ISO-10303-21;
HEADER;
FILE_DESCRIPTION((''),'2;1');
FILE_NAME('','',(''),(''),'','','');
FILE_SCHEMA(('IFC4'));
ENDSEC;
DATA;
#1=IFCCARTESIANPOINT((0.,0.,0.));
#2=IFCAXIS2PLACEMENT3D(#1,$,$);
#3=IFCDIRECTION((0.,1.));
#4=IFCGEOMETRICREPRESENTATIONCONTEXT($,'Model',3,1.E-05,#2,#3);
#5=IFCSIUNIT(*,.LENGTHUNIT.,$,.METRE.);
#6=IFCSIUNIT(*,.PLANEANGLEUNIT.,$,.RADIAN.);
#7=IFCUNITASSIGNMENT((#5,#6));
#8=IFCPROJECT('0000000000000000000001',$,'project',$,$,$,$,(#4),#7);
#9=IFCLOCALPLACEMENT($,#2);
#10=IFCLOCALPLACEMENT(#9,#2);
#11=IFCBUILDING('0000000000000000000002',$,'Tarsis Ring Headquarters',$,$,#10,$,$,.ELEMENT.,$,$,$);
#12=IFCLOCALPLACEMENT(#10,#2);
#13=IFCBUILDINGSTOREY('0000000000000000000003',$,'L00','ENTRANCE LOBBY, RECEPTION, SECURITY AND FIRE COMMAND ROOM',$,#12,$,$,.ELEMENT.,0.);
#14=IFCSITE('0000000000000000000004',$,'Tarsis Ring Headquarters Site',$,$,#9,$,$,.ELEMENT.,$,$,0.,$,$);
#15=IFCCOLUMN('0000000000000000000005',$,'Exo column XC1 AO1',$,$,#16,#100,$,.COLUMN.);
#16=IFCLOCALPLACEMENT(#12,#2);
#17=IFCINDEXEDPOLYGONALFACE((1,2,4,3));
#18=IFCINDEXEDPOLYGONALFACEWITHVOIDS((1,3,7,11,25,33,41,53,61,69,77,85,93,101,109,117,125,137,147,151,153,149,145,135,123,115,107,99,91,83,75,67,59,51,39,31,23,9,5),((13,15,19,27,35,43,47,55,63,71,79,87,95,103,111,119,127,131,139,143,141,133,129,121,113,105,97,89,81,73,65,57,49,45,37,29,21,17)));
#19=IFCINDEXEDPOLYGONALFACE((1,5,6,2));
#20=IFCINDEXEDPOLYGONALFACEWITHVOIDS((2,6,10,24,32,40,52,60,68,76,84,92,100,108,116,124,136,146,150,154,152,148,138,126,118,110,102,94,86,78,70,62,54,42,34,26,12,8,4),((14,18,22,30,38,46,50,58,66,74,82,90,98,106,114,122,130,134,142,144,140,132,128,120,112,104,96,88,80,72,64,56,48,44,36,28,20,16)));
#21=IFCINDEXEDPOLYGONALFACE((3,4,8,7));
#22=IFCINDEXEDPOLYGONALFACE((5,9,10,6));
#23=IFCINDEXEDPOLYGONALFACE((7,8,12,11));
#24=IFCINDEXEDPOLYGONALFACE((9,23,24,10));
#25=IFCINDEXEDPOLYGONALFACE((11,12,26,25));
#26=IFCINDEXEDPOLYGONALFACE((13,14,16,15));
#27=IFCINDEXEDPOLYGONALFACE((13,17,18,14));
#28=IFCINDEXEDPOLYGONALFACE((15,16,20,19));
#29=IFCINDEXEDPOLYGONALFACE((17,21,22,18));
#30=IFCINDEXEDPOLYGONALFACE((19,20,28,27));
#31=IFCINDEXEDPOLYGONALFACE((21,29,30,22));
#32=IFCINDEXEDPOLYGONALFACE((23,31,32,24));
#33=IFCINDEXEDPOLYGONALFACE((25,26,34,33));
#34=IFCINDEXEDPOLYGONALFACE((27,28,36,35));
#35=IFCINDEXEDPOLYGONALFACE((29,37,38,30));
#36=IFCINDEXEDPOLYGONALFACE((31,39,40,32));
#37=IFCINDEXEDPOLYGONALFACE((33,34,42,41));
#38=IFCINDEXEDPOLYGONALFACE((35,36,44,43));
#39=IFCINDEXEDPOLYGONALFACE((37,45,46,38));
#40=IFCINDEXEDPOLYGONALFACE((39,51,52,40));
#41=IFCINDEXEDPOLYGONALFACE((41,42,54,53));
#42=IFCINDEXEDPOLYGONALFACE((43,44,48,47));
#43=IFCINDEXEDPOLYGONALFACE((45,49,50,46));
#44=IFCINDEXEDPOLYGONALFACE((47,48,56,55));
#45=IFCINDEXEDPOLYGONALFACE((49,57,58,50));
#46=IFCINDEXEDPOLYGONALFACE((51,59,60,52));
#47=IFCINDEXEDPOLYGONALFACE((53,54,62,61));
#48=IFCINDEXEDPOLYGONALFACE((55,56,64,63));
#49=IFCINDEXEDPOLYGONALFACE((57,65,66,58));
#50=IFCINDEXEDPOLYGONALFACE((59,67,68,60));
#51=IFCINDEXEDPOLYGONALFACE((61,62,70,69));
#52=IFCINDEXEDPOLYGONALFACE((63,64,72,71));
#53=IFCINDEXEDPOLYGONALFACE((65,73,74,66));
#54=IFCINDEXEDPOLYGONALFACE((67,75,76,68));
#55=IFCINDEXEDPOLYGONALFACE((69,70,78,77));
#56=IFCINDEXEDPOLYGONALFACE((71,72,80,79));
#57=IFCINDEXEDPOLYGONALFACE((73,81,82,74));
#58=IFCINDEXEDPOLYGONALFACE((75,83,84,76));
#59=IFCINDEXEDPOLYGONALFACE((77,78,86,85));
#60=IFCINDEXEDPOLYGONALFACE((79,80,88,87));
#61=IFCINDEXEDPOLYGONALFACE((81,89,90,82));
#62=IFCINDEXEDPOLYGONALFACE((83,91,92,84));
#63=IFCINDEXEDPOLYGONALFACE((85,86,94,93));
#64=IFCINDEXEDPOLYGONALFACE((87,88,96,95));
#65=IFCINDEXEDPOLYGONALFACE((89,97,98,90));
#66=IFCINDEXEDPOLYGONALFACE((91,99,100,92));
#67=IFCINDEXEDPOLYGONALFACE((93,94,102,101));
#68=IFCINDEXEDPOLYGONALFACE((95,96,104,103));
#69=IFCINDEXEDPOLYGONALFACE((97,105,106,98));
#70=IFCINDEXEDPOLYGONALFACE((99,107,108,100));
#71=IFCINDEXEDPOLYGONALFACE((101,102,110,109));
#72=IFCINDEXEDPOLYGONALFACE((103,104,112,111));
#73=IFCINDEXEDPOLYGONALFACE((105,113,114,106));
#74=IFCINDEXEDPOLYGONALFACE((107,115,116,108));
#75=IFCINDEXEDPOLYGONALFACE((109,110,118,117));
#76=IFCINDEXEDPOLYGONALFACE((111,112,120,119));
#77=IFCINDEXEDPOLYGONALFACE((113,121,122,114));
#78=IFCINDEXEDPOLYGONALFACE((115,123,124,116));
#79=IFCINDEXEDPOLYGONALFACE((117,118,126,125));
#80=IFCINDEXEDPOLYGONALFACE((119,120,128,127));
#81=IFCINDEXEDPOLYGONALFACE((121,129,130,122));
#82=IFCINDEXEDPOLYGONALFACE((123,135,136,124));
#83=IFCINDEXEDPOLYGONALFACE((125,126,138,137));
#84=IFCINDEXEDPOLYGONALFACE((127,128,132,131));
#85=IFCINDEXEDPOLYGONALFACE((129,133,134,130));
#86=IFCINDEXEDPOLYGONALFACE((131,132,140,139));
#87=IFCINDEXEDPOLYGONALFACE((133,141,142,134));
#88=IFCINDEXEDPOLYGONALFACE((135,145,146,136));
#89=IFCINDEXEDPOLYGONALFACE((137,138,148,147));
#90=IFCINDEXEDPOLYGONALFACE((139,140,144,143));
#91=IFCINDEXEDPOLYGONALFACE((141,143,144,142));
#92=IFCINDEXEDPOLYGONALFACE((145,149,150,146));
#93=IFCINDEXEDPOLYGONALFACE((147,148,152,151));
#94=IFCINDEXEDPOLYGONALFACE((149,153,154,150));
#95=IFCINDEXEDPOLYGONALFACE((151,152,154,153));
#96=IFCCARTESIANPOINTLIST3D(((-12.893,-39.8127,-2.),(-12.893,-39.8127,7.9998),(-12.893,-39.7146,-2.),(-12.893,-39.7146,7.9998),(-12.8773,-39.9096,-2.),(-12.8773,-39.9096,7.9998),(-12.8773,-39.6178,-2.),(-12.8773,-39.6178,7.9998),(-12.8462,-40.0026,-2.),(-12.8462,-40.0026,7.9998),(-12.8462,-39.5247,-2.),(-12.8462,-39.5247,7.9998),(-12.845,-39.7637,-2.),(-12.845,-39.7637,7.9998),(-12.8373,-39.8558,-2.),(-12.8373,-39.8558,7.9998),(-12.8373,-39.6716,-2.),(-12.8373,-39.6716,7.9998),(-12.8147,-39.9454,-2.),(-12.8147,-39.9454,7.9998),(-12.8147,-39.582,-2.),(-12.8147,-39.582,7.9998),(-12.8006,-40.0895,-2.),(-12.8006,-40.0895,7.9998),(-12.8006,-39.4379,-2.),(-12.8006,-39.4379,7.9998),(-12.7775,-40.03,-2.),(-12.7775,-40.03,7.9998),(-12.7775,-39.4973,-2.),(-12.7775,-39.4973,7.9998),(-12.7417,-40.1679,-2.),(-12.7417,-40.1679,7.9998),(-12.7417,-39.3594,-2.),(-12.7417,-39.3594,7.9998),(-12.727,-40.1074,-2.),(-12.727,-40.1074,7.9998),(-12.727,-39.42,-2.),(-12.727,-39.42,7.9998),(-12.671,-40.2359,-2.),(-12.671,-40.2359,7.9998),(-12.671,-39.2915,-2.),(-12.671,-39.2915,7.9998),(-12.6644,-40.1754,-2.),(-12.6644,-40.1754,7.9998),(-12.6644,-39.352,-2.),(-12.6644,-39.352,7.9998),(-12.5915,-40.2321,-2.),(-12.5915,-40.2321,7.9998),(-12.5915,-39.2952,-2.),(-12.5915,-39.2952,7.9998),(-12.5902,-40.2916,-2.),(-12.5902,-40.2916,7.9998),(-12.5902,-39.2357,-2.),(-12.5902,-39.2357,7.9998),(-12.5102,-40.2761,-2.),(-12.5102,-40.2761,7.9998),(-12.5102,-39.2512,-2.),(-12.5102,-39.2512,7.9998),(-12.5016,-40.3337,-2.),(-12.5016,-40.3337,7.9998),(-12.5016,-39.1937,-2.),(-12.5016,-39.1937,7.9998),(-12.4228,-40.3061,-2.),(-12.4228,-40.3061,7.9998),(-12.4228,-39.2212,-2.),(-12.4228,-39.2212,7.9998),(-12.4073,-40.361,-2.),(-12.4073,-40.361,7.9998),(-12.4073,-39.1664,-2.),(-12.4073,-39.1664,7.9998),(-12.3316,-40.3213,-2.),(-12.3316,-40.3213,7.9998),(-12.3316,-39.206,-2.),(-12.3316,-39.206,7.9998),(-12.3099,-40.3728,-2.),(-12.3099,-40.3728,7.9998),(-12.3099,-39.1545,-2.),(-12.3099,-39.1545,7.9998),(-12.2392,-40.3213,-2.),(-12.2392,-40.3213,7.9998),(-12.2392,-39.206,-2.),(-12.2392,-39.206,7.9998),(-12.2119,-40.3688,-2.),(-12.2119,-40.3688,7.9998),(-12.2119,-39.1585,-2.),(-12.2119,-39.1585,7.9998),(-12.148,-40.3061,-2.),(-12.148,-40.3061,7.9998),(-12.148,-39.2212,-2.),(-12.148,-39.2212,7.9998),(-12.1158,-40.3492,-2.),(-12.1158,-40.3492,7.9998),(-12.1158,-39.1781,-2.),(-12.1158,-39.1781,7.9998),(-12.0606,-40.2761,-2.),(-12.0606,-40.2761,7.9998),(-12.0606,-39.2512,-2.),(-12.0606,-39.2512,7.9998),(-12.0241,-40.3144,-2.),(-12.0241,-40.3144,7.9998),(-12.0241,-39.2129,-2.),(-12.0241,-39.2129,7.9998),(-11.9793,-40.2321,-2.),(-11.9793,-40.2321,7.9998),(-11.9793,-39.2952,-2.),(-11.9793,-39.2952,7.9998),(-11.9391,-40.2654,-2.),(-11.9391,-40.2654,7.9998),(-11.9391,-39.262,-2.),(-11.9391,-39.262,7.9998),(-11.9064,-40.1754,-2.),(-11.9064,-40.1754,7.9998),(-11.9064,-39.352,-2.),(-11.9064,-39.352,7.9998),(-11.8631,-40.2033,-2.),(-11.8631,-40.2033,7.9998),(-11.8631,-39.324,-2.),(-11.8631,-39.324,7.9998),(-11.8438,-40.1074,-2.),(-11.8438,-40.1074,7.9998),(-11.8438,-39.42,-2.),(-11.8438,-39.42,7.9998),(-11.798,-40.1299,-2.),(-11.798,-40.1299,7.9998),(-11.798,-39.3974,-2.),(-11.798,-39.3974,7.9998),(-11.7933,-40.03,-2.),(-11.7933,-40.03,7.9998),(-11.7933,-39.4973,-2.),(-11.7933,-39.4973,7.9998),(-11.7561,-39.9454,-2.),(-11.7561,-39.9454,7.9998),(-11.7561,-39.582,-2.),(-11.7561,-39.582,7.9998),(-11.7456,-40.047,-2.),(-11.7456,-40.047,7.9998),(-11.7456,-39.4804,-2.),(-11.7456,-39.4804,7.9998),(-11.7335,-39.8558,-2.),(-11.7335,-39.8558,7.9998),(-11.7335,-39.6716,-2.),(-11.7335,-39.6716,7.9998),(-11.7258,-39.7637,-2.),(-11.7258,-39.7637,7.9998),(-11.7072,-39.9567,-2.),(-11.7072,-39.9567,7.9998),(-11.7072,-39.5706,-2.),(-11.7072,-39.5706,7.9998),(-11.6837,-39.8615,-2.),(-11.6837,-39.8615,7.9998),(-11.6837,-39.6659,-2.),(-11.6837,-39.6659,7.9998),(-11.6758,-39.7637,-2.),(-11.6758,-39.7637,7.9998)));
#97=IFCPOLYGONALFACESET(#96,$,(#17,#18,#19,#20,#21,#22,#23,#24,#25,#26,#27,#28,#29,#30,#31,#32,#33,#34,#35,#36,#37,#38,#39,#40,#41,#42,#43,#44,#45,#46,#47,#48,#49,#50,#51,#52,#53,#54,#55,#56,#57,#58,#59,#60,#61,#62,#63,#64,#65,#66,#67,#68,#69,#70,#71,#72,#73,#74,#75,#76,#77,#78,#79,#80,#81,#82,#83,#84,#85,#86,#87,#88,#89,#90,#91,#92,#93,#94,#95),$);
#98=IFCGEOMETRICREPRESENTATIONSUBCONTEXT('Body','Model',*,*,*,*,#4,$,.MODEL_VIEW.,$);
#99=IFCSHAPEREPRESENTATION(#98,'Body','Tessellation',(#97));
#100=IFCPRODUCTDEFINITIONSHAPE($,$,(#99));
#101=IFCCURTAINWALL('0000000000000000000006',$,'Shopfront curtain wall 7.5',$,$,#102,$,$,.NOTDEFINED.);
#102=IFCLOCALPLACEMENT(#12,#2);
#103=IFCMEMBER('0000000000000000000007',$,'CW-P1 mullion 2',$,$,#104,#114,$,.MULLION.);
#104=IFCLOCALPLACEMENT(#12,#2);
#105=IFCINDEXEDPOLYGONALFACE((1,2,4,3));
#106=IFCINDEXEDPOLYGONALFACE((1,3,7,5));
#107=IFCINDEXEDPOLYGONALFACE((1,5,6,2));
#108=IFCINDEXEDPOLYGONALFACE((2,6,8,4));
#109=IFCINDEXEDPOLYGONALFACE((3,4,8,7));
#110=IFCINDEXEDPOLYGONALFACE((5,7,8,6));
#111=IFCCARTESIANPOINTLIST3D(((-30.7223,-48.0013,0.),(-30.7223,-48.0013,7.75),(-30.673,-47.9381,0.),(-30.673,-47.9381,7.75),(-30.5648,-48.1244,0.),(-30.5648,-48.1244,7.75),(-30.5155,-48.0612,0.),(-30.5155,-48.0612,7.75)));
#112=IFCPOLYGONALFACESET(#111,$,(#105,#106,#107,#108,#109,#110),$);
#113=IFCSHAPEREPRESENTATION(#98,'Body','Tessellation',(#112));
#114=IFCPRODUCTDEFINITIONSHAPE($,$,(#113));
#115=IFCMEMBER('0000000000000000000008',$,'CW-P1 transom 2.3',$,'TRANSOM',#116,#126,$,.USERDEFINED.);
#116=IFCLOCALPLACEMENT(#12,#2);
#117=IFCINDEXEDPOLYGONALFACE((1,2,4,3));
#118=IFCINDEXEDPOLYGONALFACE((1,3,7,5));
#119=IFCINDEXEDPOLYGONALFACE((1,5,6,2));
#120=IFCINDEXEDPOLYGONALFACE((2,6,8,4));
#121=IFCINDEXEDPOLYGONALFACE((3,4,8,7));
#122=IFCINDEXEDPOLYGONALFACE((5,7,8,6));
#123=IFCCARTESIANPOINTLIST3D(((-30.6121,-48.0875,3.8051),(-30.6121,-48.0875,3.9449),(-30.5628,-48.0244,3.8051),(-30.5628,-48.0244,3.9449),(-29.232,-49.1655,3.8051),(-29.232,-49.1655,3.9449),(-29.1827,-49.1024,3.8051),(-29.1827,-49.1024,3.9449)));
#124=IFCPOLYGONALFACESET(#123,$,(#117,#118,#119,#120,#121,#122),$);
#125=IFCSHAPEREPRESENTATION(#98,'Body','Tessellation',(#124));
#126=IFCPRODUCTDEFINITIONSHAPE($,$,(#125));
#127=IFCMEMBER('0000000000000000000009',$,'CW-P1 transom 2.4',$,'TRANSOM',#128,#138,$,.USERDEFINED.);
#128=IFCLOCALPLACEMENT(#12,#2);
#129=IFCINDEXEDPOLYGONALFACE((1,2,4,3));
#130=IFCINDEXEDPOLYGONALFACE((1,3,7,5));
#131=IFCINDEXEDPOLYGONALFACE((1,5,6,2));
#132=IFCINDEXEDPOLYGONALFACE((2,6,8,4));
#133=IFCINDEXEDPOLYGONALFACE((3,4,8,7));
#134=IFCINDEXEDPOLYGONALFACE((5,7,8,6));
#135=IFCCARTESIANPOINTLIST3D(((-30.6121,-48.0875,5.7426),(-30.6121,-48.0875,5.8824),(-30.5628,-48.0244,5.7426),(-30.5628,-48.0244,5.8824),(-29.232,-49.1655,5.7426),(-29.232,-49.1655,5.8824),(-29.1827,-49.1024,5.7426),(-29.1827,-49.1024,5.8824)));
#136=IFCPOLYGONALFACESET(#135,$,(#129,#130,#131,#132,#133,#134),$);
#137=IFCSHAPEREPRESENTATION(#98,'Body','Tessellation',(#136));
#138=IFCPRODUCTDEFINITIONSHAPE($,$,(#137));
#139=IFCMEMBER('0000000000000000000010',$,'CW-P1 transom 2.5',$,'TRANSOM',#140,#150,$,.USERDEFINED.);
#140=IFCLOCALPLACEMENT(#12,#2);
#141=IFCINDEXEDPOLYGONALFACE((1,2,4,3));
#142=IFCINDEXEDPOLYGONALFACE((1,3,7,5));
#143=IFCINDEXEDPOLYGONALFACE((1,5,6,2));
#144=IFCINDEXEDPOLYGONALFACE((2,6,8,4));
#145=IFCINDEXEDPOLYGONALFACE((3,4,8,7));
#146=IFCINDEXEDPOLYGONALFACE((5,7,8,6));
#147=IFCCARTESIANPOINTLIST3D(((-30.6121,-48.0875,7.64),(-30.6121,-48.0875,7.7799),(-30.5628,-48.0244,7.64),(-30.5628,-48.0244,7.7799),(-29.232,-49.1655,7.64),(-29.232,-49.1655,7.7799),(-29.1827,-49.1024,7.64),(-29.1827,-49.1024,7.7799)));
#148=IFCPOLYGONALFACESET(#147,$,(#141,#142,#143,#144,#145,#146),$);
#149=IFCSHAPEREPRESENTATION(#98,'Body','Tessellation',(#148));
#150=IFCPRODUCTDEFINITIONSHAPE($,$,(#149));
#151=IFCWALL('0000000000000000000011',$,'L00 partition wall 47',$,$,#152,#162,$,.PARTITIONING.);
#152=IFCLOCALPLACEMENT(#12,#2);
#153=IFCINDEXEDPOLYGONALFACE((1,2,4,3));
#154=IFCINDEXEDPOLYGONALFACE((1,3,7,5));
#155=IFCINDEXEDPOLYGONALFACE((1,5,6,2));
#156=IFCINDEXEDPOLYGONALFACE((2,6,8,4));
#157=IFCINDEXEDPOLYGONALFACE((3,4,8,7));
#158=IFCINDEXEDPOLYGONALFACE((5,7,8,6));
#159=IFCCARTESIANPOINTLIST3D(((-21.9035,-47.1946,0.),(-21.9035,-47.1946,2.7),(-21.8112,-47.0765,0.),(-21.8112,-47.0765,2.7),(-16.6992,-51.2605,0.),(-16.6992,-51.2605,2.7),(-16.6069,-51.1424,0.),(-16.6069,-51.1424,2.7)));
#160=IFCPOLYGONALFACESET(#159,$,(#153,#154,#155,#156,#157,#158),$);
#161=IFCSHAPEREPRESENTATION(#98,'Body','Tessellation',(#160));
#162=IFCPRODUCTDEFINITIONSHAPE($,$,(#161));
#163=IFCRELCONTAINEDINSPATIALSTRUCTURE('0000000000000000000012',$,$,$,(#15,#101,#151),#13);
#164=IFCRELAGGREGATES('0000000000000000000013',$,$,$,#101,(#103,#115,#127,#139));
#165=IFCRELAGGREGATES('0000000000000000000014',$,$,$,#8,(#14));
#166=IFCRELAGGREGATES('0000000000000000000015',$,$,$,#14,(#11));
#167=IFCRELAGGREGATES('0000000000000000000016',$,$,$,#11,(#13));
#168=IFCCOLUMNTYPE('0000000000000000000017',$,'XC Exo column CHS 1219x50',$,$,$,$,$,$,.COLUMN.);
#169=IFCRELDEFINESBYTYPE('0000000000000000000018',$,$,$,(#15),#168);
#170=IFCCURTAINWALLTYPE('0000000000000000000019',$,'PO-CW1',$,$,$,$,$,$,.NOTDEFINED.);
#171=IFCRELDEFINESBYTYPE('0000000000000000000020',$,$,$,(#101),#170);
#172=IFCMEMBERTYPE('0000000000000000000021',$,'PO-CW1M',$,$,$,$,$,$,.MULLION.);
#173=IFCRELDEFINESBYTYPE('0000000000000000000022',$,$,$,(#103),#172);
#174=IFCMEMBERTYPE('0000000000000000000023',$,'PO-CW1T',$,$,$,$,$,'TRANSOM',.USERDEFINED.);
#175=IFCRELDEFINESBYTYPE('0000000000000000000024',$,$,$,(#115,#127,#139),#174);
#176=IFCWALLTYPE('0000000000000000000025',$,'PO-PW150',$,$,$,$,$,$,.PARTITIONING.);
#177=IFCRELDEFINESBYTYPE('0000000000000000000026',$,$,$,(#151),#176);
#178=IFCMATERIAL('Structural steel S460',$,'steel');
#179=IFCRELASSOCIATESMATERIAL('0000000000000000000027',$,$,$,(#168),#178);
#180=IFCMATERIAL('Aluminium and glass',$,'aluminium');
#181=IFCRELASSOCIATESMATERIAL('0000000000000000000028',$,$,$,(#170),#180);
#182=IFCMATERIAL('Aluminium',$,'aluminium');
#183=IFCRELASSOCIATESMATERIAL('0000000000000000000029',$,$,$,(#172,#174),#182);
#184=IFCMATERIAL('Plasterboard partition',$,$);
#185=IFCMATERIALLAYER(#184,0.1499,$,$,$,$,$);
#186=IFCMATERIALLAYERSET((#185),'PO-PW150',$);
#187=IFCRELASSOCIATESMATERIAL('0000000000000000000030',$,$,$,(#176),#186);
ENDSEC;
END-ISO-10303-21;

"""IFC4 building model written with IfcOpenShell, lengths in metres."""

from ifc_helpers import new_model, si_unit, direction, frame, frame_2d, origin, origin_2d, place, context, subcontext, project, spatial, rectangle, hollow_circle, extrude, material, layer, layer_set, material_profile, profile_set, type_object, element, aggregate, save


model = new_model("IFC4")

# Units and contexts
model_context = context("Model", 3, precision=1e-05, world=origin(), true_north=direction((0.0, 1.0)))
body_context = subcontext(model_context, "Body", "Model", "MODEL_VIEW")
ifc_project = project(units=[si_unit("LENGTHUNIT", "METRE"), si_unit("PLANEANGLEUNIT", "RADIAN")], contexts=[model_context])

# Site, building, storey
site_placement = place(None, origin())
site = spatial("IfcSite", under=ifc_project, at=site_placement, Name="Tarsis Ring Headquarters Site", CompositionType="ELEMENT", RefElevation=0.0)
building_placement = place(site_placement, origin())
building = spatial("IfcBuilding", under=site, at=building_placement, Name="Tarsis Ring Headquarters", CompositionType="ELEMENT")
storey_placement = place(building_placement, origin())
storey = spatial("IfcBuildingStorey", under=building, at=storey_placement, Name="L00", Description="ENTRANCE LOBBY, RECEPTION, SECURITY AND FIRE COMMAND ROOM", CompositionType="ELEMENT", Elevation=0.0)

# Column
ifc_material_1 = material(Name="Structural steel S460", Category="steel")
ifc_material_profile_1 = material_profile(ifc_material_1, hollow_circle(Radius=0.6096, WallThickness=0.05, at=origin_2d()), Name="CHS 1219x50")
ifc_profile_set_1 = profile_set([ifc_material_profile_1], Name="Structural steel S460")
column_type_1 = type_object("IfcColumnType", Name="XC Exo column CHS 1219x50", PredefinedType="COLUMN", material=ifc_profile_set_1)
column_1_placement = place(storey_placement, frame((-12.2854, -39.7637, -2.0), z_axis=(0.0, 0.0, 1.0), x_axis=(1.0, 0.0, 0.0)))
element("IfcColumn", 1, at=column_1_placement, inside=storey, type_object=column_type_1, Name="Exo column XC1 AO1", PredefinedType="COLUMN", context=body_context, shape_type="SweptSolid", body=[
    extrude(hollow_circle(Radius=0.6096, WallThickness=0.05, at=origin_2d()), origin(), (0.0, 0.0, 1.0), 9.9998),
])

# Curtain wall, members
ifc_material_2 = material(Name="Aluminium and glass", Category="aluminium")
curtain_wall_type = type_object("IfcCurtainWallType", Name="PO-CW1", PredefinedType="NOTDEFINED", material=ifc_material_2)
curtain_wall_placement = place(storey_placement, origin())
curtain_wall = element("IfcCurtainWall", 2, at=curtain_wall_placement, inside=storey, type_object=curtain_wall_type, Name="Shopfront curtain wall 7.5", PredefinedType="NOTDEFINED")
ifc_material_3 = material(Name="Aluminium", Category="aluminium")
ifc_material_profile_2 = material_profile(ifc_material_3, rectangle(XDim=0.0801, YDim=0.2, at=origin_2d()), Name="PO-CW1M")
ifc_profile_set_2 = profile_set([ifc_material_profile_2], Name="Aluminium")
member_type_1 = type_object("IfcMemberType", Name="PO-CW1M", PredefinedType="MULLION", material=ifc_profile_set_2)
member_1_placement = place(storey_placement, frame((-30.6189, -48.0312, 0.0), z_axis=(0.0, 0.0, 1.0), x_axis=(0.615661, 0.788011, 0.0)))
member_1 = element("IfcMember", 3, at=member_1_placement, type_object=member_type_1, Name="CW-P1 mullion 2", PredefinedType="MULLION", context=body_context, shape_type="SweptSolid", body=[
    extrude(rectangle(XDim=0.0801, YDim=0.2, at=origin_2d()), origin(), (0.0, 0.0, 1.0), 7.75),
])
ifc_material_profile_3 = material_profile(ifc_material_3, rectangle(XDim=0.0801, YDim=0.1399, at=origin_2d()), Name="PO-CW1T")
ifc_profile_set_3 = profile_set([ifc_material_profile_3], Name="Aluminium")
member_type_2 = type_object("IfcMemberType", Name="PO-CW1T", ElementType="TRANSOM", PredefinedType="USERDEFINED", material=ifc_profile_set_3)
member_2_placement = place(storey_placement, frame((-30.5874, -48.0559, 3.875), z_axis=(0.788052, -0.615609, 0.0), x_axis=(0.615609, 0.788052, 0.0)))
member_2 = element("IfcMember", 4, at=member_2_placement, type_object=member_type_2, Name="CW-P1 transom 2.3", ObjectType="TRANSOM", PredefinedType="USERDEFINED", context=body_context, shape_type="SweptSolid", body=[
    extrude(rectangle(XDim=0.0801, YDim=0.1399, at=origin_2d()), origin(), (0.0, 0.0, 1.0), 1.7512),
])
member_3_placement = place(storey_placement, frame((-30.5874, -48.0559, 5.8125), z_axis=(0.788052, -0.615609, 0.0), x_axis=(0.615609, 0.788052, 0.0)))
member_3 = element("IfcMember", 5, at=member_3_placement, type_object=member_type_2, Name="CW-P1 transom 2.4", ObjectType="TRANSOM", PredefinedType="USERDEFINED", context=body_context, shape_type="SweptSolid", body=[
    extrude(rectangle(XDim=0.0801, YDim=0.1399, at=origin_2d()), origin(), (0.0, 0.0, 1.0), 1.7512),
])
member_4_placement = place(storey_placement, frame((-30.5874, -48.0559, 7.71), z_axis=(0.788052, -0.615609, 0.0), x_axis=(0.615609, 0.788052, 0.0)))
member_4 = element("IfcMember", 6, at=member_4_placement, type_object=member_type_2, Name="CW-P1 transom 2.5", ObjectType="TRANSOM", PredefinedType="USERDEFINED", context=body_context, shape_type="SweptSolid", body=[
    extrude(rectangle(XDim=0.0801, YDim=0.1399, at=origin_2d()), origin(), (0.0, 0.0, 1.0), 1.7512),
])
aggregate(curtain_wall, [member_1, member_2, member_3, member_4])

# Wall
ifc_material_4 = material(Name="Plasterboard partition")
ifc_layer_1 = layer(ifc_material_4, 0.1499)
ifc_layer_set_1 = layer_set([ifc_layer_1], Name="PO-PW150")
wall_type_1 = type_object("IfcWallType", Name="PO-PW150", PredefinedType="PARTITIONING", material=ifc_layer_set_1)
wall_1_placement = place(storey_placement, frame((-21.8574, -47.1355, 0.0), z_axis=(0.0, 0.0, 1.0), x_axis=(0.788023, -0.615646, 0.0)))
element("IfcWall", 7, at=wall_1_placement, inside=storey, type_object=wall_type_1, Name="L00 partition wall 47", PredefinedType="PARTITIONING", context=body_context, shape_type="SweptSolid", body=[
    extrude(rectangle(XDim=6.6042, YDim=0.1499, at=frame_2d((3.3022, 0.0))), origin(), (0.0, 0.0, 1.0), 2.7),
])

save(model, "model.ifc")
